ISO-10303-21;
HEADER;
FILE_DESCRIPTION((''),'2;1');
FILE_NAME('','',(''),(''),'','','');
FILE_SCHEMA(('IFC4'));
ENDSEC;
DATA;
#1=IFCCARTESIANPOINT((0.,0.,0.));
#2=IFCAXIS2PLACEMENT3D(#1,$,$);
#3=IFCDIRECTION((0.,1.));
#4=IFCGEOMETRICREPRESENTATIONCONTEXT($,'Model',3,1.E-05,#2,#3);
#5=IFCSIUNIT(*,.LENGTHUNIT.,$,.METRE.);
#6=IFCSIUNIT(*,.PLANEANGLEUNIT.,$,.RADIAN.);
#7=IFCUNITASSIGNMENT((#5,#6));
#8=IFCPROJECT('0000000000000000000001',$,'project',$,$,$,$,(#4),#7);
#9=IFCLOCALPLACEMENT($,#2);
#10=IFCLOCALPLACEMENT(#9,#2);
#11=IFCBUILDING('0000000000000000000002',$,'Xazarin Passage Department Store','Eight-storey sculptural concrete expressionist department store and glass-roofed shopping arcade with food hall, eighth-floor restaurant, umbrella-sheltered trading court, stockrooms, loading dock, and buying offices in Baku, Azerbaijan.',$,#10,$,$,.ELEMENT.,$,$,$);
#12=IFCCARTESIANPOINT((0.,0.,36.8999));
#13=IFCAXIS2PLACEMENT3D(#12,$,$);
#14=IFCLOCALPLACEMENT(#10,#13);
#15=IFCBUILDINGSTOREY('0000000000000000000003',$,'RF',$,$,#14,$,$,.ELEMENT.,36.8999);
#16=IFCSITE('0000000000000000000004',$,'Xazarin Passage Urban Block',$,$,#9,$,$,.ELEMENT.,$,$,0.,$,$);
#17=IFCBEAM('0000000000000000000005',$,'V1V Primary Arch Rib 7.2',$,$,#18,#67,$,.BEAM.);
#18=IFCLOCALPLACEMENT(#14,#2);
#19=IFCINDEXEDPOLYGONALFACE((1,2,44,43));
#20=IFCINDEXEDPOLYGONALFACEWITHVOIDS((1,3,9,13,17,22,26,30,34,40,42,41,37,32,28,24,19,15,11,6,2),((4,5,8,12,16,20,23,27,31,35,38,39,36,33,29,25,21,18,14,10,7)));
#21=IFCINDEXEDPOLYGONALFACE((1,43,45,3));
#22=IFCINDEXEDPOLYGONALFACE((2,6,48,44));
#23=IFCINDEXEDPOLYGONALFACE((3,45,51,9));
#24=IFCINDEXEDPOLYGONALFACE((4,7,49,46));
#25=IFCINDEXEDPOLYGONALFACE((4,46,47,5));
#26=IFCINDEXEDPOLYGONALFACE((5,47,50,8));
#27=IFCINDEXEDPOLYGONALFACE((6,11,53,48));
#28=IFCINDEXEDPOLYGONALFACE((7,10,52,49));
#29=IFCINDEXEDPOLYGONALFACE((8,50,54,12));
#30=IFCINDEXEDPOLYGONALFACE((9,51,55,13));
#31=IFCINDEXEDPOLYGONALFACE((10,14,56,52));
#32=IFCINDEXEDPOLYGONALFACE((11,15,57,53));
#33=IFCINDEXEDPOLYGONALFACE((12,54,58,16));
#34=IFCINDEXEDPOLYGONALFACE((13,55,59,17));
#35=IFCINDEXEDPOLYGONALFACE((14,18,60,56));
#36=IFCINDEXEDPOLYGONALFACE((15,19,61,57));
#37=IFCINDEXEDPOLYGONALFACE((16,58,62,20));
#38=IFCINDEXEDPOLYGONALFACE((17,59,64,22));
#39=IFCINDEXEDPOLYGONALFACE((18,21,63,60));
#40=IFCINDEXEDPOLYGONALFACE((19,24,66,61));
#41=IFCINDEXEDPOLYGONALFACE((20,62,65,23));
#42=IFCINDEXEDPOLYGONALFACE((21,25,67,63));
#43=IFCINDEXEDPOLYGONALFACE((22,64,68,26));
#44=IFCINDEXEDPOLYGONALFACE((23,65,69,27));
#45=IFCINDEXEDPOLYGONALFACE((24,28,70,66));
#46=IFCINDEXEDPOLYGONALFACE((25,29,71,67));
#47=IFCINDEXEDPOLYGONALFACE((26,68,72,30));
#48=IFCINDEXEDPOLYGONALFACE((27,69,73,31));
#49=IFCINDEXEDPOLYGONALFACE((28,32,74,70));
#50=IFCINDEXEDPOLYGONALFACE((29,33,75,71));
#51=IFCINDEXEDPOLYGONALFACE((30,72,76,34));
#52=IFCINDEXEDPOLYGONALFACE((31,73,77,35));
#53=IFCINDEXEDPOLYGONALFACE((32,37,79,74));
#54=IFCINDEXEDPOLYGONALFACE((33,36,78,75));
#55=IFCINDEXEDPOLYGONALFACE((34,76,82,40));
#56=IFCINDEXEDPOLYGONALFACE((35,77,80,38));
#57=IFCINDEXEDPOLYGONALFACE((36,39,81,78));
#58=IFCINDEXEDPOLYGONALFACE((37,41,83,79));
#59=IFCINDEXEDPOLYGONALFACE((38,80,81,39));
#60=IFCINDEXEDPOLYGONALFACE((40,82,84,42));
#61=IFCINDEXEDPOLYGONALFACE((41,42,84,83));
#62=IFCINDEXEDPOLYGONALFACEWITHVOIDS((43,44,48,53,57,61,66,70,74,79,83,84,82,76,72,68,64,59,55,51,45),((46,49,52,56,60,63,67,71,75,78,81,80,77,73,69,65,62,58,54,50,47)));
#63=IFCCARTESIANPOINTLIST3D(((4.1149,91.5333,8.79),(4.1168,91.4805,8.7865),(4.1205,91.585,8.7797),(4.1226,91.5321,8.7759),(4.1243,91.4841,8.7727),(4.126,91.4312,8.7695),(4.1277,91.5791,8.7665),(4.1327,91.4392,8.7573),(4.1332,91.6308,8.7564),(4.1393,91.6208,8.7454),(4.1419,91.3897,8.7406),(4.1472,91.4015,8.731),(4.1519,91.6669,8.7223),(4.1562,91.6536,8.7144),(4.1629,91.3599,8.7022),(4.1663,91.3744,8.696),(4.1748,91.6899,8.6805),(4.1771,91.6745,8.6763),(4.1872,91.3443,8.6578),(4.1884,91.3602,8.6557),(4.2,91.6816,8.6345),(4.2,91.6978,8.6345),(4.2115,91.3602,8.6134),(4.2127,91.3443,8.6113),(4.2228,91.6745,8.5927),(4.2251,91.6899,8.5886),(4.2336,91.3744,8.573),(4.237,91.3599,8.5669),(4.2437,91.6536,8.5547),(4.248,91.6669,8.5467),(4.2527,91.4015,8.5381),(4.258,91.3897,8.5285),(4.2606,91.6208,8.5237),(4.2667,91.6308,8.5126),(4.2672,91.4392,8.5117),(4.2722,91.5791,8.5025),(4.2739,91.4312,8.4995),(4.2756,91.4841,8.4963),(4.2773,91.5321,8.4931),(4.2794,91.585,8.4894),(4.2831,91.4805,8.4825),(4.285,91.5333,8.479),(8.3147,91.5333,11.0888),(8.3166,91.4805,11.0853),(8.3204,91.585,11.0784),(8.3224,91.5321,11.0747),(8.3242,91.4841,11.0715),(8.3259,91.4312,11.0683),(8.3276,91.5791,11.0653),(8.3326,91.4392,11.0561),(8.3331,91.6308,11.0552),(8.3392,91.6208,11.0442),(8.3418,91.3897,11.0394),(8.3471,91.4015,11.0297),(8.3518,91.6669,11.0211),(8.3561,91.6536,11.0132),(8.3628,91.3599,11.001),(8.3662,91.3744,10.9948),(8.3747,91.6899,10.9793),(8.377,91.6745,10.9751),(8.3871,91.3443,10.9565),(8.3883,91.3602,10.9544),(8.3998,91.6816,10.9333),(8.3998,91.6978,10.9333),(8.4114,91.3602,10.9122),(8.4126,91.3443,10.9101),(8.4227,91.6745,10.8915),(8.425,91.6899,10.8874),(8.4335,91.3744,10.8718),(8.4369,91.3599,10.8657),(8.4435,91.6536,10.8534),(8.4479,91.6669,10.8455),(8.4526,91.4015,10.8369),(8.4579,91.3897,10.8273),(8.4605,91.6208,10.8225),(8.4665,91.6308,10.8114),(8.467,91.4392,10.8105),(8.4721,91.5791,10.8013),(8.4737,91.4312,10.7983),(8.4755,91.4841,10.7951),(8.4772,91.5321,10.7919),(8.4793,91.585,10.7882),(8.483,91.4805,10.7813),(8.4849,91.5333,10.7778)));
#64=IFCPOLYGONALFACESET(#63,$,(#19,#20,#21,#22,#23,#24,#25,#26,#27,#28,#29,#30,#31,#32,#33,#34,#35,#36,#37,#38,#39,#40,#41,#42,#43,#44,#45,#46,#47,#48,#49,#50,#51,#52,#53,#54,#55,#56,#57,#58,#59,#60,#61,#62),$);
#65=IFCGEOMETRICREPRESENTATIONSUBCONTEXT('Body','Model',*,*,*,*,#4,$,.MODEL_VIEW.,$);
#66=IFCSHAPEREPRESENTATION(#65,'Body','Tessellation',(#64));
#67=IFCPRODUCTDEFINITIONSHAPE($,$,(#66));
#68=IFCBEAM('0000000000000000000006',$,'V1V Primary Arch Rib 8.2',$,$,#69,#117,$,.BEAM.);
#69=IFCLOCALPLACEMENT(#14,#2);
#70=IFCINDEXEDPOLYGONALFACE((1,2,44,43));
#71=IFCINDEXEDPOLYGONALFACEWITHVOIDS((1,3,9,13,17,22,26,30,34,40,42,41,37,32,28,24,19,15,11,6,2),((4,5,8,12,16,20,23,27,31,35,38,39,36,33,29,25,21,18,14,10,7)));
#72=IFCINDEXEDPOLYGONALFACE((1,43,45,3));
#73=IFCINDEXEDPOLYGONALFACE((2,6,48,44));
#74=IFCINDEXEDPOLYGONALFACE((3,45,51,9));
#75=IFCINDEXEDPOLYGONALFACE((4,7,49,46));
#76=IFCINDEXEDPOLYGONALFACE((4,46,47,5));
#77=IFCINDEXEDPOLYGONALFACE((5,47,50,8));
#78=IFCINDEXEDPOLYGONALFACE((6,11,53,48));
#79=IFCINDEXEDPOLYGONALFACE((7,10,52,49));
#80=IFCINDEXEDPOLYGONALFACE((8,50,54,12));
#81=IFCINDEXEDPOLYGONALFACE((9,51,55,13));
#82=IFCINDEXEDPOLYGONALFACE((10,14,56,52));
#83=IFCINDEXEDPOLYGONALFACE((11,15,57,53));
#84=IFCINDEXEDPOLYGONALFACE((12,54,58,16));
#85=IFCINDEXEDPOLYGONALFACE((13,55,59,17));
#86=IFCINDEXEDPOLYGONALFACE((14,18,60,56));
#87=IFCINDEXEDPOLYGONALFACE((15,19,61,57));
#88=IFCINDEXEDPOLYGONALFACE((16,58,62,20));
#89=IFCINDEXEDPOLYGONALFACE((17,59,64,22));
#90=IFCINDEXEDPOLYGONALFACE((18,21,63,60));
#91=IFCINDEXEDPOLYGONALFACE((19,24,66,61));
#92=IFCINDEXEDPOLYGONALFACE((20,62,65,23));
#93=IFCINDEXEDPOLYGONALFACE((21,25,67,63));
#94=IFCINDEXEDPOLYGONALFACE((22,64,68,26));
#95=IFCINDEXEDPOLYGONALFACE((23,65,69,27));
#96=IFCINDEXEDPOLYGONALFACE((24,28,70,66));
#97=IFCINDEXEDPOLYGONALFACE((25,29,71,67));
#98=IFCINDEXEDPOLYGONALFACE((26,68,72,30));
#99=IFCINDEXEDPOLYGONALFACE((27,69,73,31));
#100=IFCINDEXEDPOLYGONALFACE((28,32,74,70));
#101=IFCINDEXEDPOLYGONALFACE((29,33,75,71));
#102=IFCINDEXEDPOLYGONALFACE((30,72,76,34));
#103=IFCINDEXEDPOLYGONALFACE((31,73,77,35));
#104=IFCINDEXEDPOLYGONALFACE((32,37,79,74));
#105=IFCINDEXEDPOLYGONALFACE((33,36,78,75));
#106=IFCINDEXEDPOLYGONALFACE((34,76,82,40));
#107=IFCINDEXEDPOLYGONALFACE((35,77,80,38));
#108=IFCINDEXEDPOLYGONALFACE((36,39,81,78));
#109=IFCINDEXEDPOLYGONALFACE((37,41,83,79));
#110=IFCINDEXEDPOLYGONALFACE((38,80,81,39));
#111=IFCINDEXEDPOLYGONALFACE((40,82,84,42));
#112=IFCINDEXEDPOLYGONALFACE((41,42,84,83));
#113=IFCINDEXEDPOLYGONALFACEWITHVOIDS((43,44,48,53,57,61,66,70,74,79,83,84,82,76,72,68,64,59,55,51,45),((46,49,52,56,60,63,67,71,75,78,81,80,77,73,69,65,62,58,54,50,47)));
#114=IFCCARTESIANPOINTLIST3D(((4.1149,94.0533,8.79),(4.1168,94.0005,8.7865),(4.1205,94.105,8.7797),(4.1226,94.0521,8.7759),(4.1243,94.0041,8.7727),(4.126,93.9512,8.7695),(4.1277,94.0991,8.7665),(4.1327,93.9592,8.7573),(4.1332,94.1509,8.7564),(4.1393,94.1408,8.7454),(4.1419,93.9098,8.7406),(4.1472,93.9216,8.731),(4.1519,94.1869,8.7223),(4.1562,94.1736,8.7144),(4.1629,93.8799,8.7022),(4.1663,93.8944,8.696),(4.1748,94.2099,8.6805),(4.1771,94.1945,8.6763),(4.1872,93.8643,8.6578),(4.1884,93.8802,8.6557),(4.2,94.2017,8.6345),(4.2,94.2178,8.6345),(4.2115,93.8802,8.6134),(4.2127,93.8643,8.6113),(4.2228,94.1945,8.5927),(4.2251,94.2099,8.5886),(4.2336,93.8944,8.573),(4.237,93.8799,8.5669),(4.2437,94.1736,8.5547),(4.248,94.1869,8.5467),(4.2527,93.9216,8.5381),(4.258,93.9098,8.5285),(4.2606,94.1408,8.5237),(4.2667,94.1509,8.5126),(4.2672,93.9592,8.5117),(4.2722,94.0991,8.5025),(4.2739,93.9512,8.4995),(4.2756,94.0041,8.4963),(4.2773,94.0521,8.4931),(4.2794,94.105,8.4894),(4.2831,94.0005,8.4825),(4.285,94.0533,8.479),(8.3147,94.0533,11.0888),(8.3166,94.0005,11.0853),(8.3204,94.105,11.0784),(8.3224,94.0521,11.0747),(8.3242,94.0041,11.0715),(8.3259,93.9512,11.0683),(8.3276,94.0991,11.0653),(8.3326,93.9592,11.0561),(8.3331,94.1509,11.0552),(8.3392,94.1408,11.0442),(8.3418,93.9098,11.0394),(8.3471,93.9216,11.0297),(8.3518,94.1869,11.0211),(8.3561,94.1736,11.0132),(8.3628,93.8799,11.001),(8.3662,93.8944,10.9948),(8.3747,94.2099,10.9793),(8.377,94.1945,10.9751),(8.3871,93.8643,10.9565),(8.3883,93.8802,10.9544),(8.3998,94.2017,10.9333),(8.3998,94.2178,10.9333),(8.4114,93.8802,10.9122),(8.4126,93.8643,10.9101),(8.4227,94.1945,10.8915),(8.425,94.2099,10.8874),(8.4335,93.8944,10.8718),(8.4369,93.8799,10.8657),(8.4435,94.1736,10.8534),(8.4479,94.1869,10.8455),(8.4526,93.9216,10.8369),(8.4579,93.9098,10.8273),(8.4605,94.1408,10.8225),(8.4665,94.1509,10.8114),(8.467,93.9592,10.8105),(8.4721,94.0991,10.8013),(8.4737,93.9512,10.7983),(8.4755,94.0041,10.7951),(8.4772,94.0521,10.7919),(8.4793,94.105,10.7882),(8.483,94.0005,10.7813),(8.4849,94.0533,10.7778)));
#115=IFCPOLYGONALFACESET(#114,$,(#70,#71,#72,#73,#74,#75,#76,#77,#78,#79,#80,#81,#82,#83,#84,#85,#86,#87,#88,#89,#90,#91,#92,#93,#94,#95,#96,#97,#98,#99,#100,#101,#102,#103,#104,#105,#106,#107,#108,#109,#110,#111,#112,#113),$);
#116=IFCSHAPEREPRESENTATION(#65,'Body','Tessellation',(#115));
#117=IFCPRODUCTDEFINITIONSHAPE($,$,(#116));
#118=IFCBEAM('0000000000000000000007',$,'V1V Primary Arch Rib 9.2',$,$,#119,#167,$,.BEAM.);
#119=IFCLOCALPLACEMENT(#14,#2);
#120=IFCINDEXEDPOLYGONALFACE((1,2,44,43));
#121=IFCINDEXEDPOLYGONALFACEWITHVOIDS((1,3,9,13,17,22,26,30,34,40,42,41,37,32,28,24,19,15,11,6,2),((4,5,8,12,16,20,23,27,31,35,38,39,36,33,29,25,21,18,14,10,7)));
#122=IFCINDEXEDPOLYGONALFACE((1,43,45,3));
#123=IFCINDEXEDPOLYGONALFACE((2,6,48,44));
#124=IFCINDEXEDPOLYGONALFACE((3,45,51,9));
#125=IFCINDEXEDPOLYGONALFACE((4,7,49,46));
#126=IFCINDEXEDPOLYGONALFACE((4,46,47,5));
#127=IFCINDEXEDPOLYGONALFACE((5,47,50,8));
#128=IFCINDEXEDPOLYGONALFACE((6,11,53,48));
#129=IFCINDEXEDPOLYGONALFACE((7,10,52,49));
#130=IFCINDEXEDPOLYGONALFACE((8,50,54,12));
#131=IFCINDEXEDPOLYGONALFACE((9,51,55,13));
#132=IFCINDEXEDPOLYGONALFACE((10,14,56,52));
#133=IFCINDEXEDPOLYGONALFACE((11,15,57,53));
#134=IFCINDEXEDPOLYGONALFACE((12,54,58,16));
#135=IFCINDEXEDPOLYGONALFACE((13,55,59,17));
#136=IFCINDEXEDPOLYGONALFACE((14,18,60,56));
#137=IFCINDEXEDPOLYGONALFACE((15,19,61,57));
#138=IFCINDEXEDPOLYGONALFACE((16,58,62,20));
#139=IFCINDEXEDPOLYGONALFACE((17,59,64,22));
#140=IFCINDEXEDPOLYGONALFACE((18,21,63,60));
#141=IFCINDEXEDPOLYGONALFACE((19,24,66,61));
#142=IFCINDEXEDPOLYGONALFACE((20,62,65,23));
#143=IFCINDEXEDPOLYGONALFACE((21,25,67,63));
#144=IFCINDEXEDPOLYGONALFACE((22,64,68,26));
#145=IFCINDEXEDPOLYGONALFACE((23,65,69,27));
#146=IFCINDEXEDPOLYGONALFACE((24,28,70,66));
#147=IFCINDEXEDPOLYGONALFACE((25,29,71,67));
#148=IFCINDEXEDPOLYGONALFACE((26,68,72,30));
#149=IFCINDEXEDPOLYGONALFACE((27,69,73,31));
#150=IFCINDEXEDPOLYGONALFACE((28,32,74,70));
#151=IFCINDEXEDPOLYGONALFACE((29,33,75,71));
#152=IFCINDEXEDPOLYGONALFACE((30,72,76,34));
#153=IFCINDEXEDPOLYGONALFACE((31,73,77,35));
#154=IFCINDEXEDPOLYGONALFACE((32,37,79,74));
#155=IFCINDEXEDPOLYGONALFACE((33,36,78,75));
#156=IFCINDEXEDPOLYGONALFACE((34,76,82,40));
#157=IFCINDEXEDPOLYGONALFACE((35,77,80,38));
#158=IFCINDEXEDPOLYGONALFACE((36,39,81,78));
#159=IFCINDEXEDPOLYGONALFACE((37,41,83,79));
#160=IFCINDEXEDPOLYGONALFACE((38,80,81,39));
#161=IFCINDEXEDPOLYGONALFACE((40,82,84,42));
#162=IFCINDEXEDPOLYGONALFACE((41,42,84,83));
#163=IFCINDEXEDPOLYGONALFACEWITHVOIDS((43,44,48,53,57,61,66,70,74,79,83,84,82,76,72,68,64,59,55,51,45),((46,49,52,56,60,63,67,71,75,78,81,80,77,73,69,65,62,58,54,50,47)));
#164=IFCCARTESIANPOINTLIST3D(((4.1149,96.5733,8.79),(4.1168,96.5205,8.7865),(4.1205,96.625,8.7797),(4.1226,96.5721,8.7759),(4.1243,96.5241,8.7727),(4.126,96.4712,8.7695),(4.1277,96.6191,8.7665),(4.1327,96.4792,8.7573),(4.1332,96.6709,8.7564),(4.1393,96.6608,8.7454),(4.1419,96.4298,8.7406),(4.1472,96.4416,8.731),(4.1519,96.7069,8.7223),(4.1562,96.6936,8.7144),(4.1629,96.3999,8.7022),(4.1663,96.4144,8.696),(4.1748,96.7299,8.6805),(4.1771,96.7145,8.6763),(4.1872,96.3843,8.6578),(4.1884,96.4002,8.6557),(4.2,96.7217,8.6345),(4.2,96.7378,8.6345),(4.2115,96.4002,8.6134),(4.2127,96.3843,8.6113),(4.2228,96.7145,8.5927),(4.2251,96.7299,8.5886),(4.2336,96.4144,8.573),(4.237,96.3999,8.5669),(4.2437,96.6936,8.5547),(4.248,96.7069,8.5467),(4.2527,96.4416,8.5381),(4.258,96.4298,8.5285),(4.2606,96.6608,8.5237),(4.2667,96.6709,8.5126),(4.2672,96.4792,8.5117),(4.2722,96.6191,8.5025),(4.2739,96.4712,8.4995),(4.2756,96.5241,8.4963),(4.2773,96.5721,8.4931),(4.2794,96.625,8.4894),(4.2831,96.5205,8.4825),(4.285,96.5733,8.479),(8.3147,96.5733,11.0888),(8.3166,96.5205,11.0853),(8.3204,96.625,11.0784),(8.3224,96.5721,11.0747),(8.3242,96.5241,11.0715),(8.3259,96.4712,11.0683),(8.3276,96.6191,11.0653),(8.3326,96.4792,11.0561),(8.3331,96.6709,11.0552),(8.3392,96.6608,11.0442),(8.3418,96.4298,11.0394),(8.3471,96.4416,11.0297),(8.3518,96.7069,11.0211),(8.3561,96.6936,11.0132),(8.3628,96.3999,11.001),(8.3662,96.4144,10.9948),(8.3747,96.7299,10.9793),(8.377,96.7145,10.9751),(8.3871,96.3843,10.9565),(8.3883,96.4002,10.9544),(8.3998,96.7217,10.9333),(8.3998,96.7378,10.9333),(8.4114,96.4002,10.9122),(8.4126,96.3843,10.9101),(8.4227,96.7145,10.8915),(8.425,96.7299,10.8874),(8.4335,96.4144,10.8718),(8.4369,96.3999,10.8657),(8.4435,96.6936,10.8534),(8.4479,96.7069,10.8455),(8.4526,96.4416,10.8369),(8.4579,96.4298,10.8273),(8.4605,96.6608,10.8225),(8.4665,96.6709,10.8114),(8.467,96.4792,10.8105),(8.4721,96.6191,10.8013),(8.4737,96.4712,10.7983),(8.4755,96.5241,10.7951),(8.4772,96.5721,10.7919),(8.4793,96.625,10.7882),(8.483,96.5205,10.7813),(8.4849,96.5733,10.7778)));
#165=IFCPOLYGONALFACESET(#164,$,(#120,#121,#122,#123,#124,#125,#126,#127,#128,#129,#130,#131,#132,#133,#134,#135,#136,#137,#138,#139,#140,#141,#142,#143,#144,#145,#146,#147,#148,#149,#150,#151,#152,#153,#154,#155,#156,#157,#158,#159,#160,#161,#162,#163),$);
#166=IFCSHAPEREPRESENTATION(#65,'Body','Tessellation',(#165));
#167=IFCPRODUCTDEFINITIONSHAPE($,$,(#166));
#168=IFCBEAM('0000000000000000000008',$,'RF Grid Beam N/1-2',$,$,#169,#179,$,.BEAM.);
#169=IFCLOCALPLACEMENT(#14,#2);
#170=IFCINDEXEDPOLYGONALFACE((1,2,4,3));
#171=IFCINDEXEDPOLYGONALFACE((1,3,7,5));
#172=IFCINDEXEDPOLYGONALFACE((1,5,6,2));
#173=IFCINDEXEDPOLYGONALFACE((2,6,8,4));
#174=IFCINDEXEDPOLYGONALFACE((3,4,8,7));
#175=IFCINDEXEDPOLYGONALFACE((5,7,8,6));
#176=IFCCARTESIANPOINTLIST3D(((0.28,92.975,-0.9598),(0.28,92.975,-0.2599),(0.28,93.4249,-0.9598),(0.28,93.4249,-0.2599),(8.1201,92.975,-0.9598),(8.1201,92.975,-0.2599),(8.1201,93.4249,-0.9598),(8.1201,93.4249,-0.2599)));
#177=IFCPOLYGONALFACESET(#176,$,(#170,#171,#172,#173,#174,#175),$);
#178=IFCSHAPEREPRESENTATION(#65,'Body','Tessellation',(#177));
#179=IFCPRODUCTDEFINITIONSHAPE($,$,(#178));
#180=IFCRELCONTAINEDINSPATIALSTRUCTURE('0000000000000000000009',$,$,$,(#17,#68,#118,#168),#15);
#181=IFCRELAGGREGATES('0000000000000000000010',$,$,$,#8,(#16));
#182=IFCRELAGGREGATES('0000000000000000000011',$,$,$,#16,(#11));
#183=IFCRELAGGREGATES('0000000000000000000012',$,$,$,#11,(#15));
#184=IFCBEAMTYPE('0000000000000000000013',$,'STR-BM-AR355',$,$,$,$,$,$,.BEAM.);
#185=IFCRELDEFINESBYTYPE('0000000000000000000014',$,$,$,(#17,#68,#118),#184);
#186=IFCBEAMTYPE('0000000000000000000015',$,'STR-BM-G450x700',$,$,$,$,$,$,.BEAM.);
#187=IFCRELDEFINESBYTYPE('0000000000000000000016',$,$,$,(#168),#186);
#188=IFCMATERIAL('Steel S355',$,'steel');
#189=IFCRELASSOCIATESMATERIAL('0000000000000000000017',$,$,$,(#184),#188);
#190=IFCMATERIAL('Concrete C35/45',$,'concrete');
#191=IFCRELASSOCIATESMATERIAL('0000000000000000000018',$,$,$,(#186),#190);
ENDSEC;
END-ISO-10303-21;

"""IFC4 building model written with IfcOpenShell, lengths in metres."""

from ifc_helpers import new_model, si_unit, direction, frame, origin, origin_2d, place, context, subcontext, project, spatial, rectangle, hollow_circle, extrude, material, material_profile, profile_set, type_object, element, save


model = new_model("IFC4")

# Units and contexts
model_context = context("Model", 3, precision=1e-05, world=origin(), true_north=direction((0.0, 1.0)))
body_context = subcontext(model_context, "Body", "Model", "MODEL_VIEW")
ifc_project = project(units=[si_unit("LENGTHUNIT", "METRE"), si_unit("PLANEANGLEUNIT", "RADIAN")], contexts=[model_context])

# Site, building, storey
site_placement = place(None, origin())
site = spatial("IfcSite", under=ifc_project, at=site_placement, Name="Xazarin Passage Urban Block", CompositionType="ELEMENT", RefElevation=0.0)
building_placement = place(site_placement, origin())
building = spatial("IfcBuilding", under=site, at=building_placement, Name="Xazarin Passage Department Store", Description="Eight-storey sculptural concrete expressionist department store and glass-roofed shopping arcade with food hall, eighth-floor restaurant, umbrella-sheltered trading court, stockrooms, loading dock, and buying offices in Baku, Azerbaijan.", CompositionType="ELEMENT")
storey_placement = place(building_placement, frame((0.0, 0.0, 36.8999)))
storey = spatial("IfcBuildingStorey", under=building, at=storey_placement, Name="RF", CompositionType="ELEMENT", Elevation=36.8999)

# Beams
ifc_material_1 = material(Name="Steel S355", Category="steel")
ifc_material_profile_1 = material_profile(ifc_material_1, hollow_circle(Radius=0.1777, WallThickness=0.0161, at=origin_2d()), Name="CHS 355.6x16")
ifc_profile_set_1 = profile_set([ifc_material_profile_1], Name="Steel S355")
beam_type_1 = type_object("IfcBeamType", Name="STR-BM-AR355", PredefinedType="BEAM", material=ifc_profile_set_1)
for number, where, z_axis, x_axis, name in (
    (1, (4.2, 91.52, 8.6345), (0.877197, 0.0, 0.480131), (0.0, 1.0, 0.0), "V1V Primary Arch Rib 7.2"),
    (2, (4.2, 94.04, 8.6345), (0.877197, 0.0, 0.480131), (0.0, 1.0, 0.0), "V1V Primary Arch Rib 8.2"),
    (3, (4.2, 96.5601, 8.6345), (0.877197, 0.0, 0.480131), (0.0, 1.0, 0.0), "V1V Primary Arch Rib 9.2"),
):
    element("IfcBeam", number, at=place(storey_placement, frame(where, z_axis=z_axis, x_axis=x_axis)), inside=storey, type_object=beam_type_1, Name=name, PredefinedType="BEAM", context=body_context, shape_type="SweptSolid", body=[
        extrude(hollow_circle(Radius=0.1777, WallThickness=0.0161, at=origin_2d()), origin(), (0.0, 0.0, 1.0), 4.7878),
    ])
ifc_material_2 = material(Name="Concrete C35/45", Category="concrete")
ifc_material_profile_2 = material_profile(ifc_material_2, rectangle(XDim=0.45, YDim=0.7, at=origin_2d()), Name="RC 450x700")
ifc_profile_set_2 = profile_set([ifc_material_profile_2], Name="Concrete C35/45")
beam_type_2 = type_object("IfcBeamType", Name="STR-BM-G450x700", PredefinedType="BEAM", material=ifc_profile_set_2)
beam_1_placement = place(storey_placement, frame((0.28, 93.2, -0.6099), z_axis=(1.0, 0.0, 0.0), x_axis=(0.0, 1.0, 0.0)))
element("IfcBeam", 4, at=beam_1_placement, inside=storey, type_object=beam_type_2, Name="RF Grid Beam N/1-2", PredefinedType="BEAM", context=body_context, shape_type="SweptSolid", body=[
    extrude(rectangle(XDim=0.45, YDim=0.7, at=origin_2d()), origin(), (0.0, 0.0, 1.0), 7.8401),
])

save(model, "model.ifc")
